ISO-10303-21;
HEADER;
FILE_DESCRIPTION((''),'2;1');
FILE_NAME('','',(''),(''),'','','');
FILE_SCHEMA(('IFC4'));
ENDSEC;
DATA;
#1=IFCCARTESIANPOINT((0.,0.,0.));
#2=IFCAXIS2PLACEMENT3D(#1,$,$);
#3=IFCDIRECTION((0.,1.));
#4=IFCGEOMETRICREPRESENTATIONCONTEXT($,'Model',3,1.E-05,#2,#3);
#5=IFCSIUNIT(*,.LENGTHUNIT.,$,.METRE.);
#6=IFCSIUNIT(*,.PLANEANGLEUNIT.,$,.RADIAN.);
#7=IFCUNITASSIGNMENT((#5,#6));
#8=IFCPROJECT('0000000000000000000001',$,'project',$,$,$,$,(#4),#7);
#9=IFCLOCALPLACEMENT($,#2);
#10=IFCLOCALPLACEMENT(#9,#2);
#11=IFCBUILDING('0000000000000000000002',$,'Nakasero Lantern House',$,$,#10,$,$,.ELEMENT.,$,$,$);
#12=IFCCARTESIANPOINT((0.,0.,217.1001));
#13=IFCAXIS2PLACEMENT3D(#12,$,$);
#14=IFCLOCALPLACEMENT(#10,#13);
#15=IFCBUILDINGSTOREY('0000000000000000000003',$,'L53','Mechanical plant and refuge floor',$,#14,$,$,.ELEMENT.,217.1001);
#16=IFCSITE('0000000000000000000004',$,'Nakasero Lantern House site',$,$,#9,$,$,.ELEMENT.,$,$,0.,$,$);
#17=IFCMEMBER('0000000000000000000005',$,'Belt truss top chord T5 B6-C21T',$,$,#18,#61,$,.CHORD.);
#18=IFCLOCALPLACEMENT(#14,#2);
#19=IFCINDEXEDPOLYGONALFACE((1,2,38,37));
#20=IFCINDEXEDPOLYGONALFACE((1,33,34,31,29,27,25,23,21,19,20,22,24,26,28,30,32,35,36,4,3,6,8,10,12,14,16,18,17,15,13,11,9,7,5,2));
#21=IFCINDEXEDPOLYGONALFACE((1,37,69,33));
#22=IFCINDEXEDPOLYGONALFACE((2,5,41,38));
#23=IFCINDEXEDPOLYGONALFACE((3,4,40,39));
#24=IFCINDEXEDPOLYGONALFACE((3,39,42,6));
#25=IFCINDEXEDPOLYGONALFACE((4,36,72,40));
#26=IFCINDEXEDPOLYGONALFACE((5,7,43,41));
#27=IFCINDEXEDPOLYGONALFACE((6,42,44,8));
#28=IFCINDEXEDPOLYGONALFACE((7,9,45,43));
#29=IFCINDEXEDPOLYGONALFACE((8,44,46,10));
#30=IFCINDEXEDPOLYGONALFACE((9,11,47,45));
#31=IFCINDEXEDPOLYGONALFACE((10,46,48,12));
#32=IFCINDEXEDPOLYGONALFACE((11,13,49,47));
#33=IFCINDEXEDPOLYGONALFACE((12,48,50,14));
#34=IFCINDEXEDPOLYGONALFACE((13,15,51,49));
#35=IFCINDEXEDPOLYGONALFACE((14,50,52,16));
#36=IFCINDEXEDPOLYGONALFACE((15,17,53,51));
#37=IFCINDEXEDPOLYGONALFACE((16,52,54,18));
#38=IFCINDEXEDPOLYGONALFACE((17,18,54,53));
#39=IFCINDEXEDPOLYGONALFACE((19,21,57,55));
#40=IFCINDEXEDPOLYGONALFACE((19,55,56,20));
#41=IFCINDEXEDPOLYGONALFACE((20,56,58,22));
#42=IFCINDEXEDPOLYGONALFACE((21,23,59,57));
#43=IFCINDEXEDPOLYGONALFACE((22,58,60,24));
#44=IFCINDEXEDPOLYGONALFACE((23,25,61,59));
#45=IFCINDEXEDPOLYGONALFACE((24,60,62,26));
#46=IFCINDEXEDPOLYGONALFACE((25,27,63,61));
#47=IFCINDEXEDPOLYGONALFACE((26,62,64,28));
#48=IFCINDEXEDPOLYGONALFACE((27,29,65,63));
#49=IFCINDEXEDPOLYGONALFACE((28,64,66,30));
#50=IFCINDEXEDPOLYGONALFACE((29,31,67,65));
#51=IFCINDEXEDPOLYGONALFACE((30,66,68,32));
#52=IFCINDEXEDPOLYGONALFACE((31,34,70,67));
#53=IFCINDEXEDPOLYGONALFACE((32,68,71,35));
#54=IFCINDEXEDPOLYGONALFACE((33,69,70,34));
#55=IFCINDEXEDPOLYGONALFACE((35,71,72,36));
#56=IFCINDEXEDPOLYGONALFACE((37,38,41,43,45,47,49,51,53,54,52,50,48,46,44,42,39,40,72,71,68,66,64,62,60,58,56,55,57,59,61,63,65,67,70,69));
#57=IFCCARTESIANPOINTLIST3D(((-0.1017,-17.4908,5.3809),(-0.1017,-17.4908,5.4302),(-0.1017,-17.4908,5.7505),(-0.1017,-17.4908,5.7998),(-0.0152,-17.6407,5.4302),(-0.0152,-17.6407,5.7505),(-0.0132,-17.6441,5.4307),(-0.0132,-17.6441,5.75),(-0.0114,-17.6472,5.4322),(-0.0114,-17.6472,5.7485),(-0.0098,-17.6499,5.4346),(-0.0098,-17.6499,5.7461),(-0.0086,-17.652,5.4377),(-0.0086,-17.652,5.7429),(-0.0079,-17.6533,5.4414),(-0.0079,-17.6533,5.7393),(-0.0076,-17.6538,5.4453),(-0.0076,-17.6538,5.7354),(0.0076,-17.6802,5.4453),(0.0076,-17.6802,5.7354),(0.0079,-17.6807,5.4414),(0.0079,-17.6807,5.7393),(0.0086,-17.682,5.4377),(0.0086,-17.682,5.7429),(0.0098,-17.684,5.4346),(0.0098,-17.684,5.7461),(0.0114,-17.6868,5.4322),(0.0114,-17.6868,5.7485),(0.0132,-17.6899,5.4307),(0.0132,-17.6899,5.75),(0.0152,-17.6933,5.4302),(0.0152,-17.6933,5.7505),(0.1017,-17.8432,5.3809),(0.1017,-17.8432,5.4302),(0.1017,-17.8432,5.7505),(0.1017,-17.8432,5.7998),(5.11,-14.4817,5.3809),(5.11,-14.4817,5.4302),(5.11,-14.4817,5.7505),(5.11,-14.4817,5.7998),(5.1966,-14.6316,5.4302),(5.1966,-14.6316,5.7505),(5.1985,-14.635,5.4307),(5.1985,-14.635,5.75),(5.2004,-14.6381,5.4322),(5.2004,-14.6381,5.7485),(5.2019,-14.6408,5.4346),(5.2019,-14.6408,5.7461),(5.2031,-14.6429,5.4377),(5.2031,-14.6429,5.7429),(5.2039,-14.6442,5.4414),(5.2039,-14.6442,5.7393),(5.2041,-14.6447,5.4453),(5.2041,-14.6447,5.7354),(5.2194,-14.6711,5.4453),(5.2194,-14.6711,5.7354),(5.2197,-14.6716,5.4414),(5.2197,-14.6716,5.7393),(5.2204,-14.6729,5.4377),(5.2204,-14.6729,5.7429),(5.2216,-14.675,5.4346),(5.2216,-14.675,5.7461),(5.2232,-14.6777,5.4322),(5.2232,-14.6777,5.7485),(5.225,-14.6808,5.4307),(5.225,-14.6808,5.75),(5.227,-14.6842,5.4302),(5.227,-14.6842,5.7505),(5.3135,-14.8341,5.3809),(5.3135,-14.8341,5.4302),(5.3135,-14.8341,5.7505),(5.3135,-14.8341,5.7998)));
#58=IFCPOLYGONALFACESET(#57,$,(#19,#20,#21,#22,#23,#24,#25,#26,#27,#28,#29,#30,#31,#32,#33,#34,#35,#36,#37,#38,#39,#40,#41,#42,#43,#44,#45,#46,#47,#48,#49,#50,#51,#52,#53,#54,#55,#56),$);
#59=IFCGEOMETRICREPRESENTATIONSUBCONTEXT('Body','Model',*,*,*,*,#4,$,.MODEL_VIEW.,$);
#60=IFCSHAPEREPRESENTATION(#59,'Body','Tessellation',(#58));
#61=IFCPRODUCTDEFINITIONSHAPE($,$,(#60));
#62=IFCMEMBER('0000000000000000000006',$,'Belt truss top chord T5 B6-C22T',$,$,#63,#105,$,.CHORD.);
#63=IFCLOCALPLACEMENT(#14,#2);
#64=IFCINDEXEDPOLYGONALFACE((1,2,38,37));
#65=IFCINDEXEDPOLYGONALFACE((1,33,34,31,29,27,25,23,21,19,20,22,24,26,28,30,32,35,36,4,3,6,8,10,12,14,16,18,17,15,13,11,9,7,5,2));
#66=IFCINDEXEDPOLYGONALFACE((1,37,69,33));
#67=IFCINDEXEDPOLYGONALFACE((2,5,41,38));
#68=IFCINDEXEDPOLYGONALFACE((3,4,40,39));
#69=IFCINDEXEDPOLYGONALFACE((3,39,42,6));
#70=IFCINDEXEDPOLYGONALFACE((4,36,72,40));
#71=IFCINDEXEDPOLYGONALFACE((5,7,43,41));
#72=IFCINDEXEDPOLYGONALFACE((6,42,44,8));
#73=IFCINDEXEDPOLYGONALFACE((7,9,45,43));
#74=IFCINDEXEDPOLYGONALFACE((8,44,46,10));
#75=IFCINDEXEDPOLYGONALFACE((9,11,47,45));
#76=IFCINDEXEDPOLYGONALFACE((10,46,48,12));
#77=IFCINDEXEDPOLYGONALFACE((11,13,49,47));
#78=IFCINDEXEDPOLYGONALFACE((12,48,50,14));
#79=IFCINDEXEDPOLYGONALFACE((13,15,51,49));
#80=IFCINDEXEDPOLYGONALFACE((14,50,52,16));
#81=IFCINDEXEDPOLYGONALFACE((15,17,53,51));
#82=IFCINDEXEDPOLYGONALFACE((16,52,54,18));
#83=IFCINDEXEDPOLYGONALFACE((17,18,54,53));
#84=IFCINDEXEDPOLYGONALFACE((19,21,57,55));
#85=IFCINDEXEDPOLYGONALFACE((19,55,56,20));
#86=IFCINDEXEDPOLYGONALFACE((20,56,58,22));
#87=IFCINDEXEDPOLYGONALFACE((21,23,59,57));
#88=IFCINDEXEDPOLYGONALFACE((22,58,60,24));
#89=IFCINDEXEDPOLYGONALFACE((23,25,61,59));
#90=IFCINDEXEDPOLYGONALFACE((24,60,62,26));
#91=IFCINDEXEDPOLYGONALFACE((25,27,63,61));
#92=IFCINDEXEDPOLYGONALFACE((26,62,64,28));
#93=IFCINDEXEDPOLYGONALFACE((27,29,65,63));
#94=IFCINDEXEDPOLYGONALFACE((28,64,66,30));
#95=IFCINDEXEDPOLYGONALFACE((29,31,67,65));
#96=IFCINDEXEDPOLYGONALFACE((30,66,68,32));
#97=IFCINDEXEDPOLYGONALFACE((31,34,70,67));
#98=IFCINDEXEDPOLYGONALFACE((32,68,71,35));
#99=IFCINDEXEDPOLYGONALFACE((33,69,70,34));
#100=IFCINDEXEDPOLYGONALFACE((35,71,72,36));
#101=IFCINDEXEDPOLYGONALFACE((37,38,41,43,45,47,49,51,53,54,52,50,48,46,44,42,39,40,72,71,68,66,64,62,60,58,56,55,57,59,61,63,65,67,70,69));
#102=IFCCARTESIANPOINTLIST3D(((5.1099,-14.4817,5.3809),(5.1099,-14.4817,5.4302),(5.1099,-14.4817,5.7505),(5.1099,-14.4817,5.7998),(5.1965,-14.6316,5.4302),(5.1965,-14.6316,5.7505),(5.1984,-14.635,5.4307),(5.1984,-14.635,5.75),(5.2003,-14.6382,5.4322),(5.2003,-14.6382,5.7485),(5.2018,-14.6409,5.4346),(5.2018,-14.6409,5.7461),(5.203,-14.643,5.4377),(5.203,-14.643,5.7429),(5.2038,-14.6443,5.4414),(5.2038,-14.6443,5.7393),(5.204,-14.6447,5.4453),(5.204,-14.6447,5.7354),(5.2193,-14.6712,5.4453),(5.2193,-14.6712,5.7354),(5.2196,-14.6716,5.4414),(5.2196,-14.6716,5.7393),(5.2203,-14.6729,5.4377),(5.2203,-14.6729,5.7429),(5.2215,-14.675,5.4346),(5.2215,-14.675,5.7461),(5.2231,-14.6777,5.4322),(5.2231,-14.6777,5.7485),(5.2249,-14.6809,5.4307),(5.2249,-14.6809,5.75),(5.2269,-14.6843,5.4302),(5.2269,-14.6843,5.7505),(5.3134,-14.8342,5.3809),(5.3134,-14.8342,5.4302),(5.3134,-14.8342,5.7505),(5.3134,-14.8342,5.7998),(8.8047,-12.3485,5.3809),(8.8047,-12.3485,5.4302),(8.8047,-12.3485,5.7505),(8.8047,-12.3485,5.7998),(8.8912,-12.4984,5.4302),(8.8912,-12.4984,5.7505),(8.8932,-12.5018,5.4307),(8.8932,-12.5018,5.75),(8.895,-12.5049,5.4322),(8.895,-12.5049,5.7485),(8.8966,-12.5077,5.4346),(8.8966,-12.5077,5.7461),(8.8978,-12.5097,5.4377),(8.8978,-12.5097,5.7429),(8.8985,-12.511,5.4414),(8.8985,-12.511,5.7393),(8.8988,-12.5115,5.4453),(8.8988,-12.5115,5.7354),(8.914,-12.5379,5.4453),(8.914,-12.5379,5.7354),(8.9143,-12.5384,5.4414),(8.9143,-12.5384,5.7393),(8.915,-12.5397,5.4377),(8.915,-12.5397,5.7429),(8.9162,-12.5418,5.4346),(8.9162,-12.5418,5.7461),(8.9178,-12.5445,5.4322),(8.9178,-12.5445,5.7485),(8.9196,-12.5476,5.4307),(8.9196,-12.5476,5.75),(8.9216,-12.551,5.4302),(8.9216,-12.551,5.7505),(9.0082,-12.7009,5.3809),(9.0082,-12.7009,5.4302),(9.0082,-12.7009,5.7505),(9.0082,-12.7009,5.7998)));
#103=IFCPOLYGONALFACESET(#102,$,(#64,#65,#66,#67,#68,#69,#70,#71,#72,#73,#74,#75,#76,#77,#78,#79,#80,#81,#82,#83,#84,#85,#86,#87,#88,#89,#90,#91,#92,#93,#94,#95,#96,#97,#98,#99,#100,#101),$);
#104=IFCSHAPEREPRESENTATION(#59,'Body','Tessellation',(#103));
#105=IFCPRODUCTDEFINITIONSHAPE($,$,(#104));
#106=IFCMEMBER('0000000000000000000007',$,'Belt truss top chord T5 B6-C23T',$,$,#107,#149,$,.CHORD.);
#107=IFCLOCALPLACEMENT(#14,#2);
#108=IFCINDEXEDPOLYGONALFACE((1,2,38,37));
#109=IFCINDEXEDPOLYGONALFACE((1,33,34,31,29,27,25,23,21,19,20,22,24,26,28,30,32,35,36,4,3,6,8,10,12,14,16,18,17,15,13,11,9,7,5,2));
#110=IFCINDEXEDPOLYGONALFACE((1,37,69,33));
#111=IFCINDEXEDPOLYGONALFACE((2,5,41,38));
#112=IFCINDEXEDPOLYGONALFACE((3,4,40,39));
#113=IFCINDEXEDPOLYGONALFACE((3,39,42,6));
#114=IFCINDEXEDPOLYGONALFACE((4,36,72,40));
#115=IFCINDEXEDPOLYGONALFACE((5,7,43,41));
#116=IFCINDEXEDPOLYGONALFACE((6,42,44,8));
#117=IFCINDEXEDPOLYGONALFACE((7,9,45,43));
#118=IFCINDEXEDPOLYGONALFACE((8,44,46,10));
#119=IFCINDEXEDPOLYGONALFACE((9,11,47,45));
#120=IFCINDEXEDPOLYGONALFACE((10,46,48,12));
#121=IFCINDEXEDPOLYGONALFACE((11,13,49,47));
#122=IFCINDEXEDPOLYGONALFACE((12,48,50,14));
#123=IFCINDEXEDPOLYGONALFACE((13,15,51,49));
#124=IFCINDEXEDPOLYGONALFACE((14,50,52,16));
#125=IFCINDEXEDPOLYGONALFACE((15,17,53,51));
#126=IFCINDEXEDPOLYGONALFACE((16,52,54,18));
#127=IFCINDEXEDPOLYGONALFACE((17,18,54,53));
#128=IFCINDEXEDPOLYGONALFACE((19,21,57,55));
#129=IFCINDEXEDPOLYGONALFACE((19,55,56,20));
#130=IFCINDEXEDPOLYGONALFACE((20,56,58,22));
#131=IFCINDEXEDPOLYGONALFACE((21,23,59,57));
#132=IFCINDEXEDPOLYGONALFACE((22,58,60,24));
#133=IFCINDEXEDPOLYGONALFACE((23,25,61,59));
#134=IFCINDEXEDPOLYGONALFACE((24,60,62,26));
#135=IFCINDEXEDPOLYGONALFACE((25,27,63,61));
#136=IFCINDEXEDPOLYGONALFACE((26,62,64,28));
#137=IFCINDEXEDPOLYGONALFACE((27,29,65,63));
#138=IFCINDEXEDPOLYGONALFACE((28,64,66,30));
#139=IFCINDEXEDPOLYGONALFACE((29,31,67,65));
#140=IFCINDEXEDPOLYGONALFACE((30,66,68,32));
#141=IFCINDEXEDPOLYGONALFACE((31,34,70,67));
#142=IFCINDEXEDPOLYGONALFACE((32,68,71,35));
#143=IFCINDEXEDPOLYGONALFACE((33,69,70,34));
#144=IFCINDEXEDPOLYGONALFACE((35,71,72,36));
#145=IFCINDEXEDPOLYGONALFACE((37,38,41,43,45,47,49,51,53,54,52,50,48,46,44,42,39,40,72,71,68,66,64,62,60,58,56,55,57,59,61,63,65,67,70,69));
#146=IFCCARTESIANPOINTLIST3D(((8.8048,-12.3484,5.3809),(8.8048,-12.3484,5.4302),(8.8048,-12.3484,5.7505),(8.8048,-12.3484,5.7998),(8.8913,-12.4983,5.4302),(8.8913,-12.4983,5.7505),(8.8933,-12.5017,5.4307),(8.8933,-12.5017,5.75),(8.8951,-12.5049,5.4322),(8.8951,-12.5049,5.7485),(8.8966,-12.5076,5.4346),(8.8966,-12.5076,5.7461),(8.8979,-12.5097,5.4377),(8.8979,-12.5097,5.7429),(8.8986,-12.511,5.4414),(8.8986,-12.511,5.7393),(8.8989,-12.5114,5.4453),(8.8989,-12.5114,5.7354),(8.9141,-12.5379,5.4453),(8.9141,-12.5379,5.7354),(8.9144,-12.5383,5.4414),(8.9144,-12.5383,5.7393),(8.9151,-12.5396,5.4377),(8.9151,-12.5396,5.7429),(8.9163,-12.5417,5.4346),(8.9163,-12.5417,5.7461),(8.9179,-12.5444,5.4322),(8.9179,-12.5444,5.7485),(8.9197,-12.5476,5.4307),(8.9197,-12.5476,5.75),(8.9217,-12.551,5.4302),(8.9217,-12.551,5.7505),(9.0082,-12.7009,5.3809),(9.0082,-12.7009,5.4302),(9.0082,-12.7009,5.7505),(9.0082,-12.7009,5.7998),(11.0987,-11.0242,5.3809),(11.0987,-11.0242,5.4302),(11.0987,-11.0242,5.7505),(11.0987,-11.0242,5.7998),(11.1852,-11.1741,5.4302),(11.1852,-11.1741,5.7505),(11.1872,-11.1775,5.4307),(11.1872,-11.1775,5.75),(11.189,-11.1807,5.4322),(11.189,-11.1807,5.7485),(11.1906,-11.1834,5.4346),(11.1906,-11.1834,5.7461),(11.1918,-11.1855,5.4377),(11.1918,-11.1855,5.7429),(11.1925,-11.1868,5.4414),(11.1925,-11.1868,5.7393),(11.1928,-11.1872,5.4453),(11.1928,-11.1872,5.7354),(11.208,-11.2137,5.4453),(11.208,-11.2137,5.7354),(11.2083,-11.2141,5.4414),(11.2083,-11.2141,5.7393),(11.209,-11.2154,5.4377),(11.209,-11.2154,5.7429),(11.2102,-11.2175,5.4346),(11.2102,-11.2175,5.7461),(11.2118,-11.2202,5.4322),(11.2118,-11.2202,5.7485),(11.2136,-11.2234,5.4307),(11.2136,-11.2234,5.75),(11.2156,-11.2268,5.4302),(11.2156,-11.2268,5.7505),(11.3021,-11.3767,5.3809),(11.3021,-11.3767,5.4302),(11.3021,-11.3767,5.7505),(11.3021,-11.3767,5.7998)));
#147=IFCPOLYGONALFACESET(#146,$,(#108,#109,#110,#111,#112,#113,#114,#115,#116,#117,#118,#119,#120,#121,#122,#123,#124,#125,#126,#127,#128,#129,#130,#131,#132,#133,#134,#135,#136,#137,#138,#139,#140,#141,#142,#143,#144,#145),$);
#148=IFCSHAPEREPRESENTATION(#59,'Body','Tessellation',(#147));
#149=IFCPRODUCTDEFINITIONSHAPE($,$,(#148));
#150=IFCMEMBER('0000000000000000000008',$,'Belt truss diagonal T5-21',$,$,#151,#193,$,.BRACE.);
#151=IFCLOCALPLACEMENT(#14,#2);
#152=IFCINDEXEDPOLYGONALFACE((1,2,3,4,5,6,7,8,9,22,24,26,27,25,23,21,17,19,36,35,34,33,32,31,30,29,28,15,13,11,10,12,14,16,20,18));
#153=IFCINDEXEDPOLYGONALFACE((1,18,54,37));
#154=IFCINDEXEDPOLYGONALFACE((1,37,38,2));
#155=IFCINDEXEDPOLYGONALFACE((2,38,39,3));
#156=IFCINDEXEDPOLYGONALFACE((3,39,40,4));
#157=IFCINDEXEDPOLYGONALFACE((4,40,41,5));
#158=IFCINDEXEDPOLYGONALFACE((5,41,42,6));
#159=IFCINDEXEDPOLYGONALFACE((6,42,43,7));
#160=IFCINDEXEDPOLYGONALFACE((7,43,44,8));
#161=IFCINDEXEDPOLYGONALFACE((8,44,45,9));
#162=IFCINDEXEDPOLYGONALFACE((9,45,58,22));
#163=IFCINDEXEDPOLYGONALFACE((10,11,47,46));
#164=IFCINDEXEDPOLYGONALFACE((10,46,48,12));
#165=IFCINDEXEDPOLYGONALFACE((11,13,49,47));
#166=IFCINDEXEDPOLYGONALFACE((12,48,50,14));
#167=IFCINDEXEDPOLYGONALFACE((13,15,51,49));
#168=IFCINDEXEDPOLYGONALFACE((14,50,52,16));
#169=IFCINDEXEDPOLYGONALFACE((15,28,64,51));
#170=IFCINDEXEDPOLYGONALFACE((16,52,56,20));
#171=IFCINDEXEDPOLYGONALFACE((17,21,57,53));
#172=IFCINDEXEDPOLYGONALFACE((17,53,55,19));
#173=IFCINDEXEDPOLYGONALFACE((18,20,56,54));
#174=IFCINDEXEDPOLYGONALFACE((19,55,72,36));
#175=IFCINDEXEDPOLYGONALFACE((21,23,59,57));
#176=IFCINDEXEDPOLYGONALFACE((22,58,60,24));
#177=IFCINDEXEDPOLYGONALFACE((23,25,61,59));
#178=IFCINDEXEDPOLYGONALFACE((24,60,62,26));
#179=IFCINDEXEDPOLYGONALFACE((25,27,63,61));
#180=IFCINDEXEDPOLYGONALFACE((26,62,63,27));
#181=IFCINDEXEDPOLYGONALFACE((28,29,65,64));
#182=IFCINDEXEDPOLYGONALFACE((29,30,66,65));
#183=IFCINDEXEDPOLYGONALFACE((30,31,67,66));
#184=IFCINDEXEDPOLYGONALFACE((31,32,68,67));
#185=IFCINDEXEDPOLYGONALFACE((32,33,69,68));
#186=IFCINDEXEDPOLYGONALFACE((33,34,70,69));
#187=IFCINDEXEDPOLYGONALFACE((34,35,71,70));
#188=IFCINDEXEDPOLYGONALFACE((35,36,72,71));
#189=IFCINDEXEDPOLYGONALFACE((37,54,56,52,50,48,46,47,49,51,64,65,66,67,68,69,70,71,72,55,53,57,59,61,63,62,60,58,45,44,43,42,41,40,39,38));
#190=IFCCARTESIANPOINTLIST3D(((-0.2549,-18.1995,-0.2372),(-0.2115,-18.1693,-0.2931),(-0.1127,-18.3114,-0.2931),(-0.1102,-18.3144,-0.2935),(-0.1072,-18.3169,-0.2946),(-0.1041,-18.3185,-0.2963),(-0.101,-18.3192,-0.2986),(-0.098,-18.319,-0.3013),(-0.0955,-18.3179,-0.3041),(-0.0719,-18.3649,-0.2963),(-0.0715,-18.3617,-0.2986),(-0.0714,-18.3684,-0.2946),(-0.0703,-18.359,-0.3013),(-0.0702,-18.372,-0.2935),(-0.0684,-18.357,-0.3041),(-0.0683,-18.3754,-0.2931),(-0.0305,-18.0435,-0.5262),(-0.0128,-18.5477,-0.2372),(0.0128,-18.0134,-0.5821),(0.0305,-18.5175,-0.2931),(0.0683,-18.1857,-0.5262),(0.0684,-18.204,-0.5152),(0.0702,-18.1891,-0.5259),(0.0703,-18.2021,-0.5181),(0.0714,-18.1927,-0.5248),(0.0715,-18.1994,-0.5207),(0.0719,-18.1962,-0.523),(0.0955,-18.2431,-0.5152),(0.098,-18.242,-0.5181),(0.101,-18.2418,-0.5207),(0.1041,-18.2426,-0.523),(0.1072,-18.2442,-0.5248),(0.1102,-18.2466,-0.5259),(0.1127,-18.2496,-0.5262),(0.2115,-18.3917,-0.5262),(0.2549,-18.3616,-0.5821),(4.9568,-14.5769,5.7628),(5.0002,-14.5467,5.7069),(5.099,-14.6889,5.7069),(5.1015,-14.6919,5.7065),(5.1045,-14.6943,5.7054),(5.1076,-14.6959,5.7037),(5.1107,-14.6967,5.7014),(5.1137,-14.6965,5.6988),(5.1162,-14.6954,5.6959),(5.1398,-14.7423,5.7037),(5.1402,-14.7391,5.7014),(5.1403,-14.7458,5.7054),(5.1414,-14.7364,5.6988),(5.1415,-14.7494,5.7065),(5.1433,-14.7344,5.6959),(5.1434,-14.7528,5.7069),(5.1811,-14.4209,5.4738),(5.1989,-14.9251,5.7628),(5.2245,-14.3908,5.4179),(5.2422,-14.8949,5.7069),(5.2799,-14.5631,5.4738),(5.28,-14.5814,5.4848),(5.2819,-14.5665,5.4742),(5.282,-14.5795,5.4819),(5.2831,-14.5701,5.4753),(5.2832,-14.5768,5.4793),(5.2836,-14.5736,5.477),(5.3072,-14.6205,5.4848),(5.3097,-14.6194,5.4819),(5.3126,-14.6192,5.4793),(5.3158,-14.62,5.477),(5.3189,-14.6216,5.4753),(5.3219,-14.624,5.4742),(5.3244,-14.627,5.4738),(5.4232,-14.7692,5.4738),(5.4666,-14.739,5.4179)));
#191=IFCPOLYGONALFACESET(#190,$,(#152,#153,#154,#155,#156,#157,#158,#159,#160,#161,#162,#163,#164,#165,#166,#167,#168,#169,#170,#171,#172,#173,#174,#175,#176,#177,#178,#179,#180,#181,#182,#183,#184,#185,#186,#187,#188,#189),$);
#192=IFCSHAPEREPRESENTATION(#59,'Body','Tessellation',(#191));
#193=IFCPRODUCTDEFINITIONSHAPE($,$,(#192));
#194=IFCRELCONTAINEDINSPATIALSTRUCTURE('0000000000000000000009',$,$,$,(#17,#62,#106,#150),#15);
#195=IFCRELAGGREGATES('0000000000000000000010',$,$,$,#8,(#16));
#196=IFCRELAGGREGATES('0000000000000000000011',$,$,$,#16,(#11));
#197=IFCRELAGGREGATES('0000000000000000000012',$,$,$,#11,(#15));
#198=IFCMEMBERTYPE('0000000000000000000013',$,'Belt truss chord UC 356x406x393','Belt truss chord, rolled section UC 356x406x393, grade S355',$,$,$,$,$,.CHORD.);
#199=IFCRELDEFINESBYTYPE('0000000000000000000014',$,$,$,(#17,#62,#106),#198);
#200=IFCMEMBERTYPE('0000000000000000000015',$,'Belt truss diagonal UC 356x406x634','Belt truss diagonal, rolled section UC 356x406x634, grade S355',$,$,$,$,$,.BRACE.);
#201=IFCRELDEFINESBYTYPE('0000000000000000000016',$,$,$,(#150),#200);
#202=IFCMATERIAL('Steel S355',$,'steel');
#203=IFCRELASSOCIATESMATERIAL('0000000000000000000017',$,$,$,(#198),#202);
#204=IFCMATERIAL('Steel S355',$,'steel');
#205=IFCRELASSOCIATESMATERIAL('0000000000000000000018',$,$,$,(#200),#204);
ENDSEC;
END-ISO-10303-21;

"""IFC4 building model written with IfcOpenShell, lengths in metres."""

from ifc_helpers import new_model, si_unit, direction, frame, origin, origin_2d, place, context, subcontext, project, spatial, i_section, extrude, material, material_profile, profile_set, type_object, element, save


model = new_model("IFC4")

# Units and contexts
model_context = context("Model", 3, precision=1e-05, world=origin(), true_north=direction((0.0, 1.0)))
body_context = subcontext(model_context, "Body", "Model", "MODEL_VIEW")
ifc_project = project(units=[si_unit("LENGTHUNIT", "METRE"), si_unit("PLANEANGLEUNIT", "RADIAN")], contexts=[model_context])

# Site, building, storey
site_placement = place(None, origin())
site = spatial("IfcSite", under=ifc_project, at=site_placement, Name="Nakasero Lantern House site", CompositionType="ELEMENT", RefElevation=0.0)
building_placement = place(site_placement, origin())
building = spatial("IfcBuilding", under=site, at=building_placement, Name="Nakasero Lantern House", CompositionType="ELEMENT")
storey_placement = place(building_placement, frame((0.0, 0.0, 217.1001)))
storey = spatial("IfcBuildingStorey", under=building, at=storey_placement, Name="L53", Description="Mechanical plant and refuge floor", CompositionType="ELEMENT", Elevation=217.1001)

# Members
ifc_material_1 = material(Name="Steel S355", Category="steel")
ifc_material_profile_1 = material_profile(ifc_material_1, i_section(OverallWidth=0.407, OverallDepth=0.4189, WebThickness=0.0305, FlangeThickness=0.0493, FilletRadius=0.0151, at=origin_2d()), Name="UC 356x406x393")
ifc_profile_set_1 = profile_set([ifc_material_profile_1], Name="Steel S355")
member_type_1 = type_object("IfcMemberType", Name="Belt truss chord UC 356x406x393", Description="Belt truss chord, rolled section UC 356x406x393, grade S355", PredefinedType="CHORD", material=ifc_profile_set_1)
member_1_placement = place(storey_placement, frame((0.0, -17.667, 5.5903), z_axis=(0.86602, 0.500009, 0.0), x_axis=(-0.500009, 0.86602, 0.0)))
element("IfcMember", 1, at=member_1_placement, inside=storey, type_object=member_type_1, Name="Belt truss top chord T5 B6-C21T", PredefinedType="CHORD", context=body_context, shape_type="SweptSolid", body=[
    extrude(i_section(OverallWidth=0.407, OverallDepth=0.4189, WebThickness=0.0305, FlangeThickness=0.0493, FilletRadius=0.0151, at=origin_2d()), origin(), (0.0, 0.0, 1.0), 6.0181),
])
member_2_placement = place(storey_placement, frame((5.2117, -14.658, 5.5903), z_axis=(0.866016, 0.500016, 0.0), x_axis=(-0.500016, 0.866016, 0.0)))
element("IfcMember", 2, at=member_2_placement, inside=storey, type_object=member_type_1, Name="Belt truss top chord T5 B6-C22T", PredefinedType="CHORD", context=body_context, shape_type="SweptSolid", body=[
    extrude(i_section(OverallWidth=0.407, OverallDepth=0.4189, WebThickness=0.0305, FlangeThickness=0.0493, FilletRadius=0.0151, at=origin_2d()), origin(), (0.0, 0.0, 1.0), 4.2664),
])
member_3_placement = place(storey_placement, frame((8.9065, -12.5247, 5.5903), z_axis=(0.866057, 0.499946, 0.0), x_axis=(-0.499946, 0.866057, 0.0)))
element("IfcMember", 3, at=member_3_placement, inside=storey, type_object=member_type_1, Name="Belt truss top chord T5 B6-C23T", PredefinedType="CHORD", context=body_context, shape_type="SweptSolid", body=[
    extrude(i_section(OverallWidth=0.407, OverallDepth=0.4189, WebThickness=0.0305, FlangeThickness=0.0493, FilletRadius=0.0151, at=origin_2d()), origin(), (0.0, 0.0, 1.0), 2.6487),
])
ifc_material_2 = material(Name="Steel S355", Category="steel")
ifc_material_profile_2 = material_profile(ifc_material_2, i_section(OverallWidth=0.4241, OverallDepth=0.4746, WebThickness=0.0476, FlangeThickness=0.0769, FilletRadius=0.0151, at=origin_2d()), Name="UC 356x406x634")
ifc_profile_set_2 = profile_set([ifc_material_profile_2], Name="Steel S355")
member_type_2 = type_object("IfcMemberType", Name="Belt truss diagonal UC 356x406x634", Description="Belt truss diagonal, rolled section UC 356x406x634, grade S355", PredefinedType="BRACE", material=ifc_profile_set_2)
member_4_placement = place(storey_placement, frame((0.0, -18.2805, -0.4097), z_axis=(0.596704, 0.414761, 0.686963), x_axis=(-0.570751, 0.821123, 0.0)))
element("IfcMember", 4, at=member_4_placement, inside=storey, type_object=member_type_2, Name="Belt truss diagonal T5-21", PredefinedType="BRACE", context=body_context, shape_type="SweptSolid", body=[
    extrude(i_section(OverallWidth=0.4241, OverallDepth=0.4746, WebThickness=0.0476, FlangeThickness=0.0769, FilletRadius=0.0151, at=origin_2d()), origin(), (0.0, 0.0, 1.0), 8.7341),
])

save(model, "model.ifc")
